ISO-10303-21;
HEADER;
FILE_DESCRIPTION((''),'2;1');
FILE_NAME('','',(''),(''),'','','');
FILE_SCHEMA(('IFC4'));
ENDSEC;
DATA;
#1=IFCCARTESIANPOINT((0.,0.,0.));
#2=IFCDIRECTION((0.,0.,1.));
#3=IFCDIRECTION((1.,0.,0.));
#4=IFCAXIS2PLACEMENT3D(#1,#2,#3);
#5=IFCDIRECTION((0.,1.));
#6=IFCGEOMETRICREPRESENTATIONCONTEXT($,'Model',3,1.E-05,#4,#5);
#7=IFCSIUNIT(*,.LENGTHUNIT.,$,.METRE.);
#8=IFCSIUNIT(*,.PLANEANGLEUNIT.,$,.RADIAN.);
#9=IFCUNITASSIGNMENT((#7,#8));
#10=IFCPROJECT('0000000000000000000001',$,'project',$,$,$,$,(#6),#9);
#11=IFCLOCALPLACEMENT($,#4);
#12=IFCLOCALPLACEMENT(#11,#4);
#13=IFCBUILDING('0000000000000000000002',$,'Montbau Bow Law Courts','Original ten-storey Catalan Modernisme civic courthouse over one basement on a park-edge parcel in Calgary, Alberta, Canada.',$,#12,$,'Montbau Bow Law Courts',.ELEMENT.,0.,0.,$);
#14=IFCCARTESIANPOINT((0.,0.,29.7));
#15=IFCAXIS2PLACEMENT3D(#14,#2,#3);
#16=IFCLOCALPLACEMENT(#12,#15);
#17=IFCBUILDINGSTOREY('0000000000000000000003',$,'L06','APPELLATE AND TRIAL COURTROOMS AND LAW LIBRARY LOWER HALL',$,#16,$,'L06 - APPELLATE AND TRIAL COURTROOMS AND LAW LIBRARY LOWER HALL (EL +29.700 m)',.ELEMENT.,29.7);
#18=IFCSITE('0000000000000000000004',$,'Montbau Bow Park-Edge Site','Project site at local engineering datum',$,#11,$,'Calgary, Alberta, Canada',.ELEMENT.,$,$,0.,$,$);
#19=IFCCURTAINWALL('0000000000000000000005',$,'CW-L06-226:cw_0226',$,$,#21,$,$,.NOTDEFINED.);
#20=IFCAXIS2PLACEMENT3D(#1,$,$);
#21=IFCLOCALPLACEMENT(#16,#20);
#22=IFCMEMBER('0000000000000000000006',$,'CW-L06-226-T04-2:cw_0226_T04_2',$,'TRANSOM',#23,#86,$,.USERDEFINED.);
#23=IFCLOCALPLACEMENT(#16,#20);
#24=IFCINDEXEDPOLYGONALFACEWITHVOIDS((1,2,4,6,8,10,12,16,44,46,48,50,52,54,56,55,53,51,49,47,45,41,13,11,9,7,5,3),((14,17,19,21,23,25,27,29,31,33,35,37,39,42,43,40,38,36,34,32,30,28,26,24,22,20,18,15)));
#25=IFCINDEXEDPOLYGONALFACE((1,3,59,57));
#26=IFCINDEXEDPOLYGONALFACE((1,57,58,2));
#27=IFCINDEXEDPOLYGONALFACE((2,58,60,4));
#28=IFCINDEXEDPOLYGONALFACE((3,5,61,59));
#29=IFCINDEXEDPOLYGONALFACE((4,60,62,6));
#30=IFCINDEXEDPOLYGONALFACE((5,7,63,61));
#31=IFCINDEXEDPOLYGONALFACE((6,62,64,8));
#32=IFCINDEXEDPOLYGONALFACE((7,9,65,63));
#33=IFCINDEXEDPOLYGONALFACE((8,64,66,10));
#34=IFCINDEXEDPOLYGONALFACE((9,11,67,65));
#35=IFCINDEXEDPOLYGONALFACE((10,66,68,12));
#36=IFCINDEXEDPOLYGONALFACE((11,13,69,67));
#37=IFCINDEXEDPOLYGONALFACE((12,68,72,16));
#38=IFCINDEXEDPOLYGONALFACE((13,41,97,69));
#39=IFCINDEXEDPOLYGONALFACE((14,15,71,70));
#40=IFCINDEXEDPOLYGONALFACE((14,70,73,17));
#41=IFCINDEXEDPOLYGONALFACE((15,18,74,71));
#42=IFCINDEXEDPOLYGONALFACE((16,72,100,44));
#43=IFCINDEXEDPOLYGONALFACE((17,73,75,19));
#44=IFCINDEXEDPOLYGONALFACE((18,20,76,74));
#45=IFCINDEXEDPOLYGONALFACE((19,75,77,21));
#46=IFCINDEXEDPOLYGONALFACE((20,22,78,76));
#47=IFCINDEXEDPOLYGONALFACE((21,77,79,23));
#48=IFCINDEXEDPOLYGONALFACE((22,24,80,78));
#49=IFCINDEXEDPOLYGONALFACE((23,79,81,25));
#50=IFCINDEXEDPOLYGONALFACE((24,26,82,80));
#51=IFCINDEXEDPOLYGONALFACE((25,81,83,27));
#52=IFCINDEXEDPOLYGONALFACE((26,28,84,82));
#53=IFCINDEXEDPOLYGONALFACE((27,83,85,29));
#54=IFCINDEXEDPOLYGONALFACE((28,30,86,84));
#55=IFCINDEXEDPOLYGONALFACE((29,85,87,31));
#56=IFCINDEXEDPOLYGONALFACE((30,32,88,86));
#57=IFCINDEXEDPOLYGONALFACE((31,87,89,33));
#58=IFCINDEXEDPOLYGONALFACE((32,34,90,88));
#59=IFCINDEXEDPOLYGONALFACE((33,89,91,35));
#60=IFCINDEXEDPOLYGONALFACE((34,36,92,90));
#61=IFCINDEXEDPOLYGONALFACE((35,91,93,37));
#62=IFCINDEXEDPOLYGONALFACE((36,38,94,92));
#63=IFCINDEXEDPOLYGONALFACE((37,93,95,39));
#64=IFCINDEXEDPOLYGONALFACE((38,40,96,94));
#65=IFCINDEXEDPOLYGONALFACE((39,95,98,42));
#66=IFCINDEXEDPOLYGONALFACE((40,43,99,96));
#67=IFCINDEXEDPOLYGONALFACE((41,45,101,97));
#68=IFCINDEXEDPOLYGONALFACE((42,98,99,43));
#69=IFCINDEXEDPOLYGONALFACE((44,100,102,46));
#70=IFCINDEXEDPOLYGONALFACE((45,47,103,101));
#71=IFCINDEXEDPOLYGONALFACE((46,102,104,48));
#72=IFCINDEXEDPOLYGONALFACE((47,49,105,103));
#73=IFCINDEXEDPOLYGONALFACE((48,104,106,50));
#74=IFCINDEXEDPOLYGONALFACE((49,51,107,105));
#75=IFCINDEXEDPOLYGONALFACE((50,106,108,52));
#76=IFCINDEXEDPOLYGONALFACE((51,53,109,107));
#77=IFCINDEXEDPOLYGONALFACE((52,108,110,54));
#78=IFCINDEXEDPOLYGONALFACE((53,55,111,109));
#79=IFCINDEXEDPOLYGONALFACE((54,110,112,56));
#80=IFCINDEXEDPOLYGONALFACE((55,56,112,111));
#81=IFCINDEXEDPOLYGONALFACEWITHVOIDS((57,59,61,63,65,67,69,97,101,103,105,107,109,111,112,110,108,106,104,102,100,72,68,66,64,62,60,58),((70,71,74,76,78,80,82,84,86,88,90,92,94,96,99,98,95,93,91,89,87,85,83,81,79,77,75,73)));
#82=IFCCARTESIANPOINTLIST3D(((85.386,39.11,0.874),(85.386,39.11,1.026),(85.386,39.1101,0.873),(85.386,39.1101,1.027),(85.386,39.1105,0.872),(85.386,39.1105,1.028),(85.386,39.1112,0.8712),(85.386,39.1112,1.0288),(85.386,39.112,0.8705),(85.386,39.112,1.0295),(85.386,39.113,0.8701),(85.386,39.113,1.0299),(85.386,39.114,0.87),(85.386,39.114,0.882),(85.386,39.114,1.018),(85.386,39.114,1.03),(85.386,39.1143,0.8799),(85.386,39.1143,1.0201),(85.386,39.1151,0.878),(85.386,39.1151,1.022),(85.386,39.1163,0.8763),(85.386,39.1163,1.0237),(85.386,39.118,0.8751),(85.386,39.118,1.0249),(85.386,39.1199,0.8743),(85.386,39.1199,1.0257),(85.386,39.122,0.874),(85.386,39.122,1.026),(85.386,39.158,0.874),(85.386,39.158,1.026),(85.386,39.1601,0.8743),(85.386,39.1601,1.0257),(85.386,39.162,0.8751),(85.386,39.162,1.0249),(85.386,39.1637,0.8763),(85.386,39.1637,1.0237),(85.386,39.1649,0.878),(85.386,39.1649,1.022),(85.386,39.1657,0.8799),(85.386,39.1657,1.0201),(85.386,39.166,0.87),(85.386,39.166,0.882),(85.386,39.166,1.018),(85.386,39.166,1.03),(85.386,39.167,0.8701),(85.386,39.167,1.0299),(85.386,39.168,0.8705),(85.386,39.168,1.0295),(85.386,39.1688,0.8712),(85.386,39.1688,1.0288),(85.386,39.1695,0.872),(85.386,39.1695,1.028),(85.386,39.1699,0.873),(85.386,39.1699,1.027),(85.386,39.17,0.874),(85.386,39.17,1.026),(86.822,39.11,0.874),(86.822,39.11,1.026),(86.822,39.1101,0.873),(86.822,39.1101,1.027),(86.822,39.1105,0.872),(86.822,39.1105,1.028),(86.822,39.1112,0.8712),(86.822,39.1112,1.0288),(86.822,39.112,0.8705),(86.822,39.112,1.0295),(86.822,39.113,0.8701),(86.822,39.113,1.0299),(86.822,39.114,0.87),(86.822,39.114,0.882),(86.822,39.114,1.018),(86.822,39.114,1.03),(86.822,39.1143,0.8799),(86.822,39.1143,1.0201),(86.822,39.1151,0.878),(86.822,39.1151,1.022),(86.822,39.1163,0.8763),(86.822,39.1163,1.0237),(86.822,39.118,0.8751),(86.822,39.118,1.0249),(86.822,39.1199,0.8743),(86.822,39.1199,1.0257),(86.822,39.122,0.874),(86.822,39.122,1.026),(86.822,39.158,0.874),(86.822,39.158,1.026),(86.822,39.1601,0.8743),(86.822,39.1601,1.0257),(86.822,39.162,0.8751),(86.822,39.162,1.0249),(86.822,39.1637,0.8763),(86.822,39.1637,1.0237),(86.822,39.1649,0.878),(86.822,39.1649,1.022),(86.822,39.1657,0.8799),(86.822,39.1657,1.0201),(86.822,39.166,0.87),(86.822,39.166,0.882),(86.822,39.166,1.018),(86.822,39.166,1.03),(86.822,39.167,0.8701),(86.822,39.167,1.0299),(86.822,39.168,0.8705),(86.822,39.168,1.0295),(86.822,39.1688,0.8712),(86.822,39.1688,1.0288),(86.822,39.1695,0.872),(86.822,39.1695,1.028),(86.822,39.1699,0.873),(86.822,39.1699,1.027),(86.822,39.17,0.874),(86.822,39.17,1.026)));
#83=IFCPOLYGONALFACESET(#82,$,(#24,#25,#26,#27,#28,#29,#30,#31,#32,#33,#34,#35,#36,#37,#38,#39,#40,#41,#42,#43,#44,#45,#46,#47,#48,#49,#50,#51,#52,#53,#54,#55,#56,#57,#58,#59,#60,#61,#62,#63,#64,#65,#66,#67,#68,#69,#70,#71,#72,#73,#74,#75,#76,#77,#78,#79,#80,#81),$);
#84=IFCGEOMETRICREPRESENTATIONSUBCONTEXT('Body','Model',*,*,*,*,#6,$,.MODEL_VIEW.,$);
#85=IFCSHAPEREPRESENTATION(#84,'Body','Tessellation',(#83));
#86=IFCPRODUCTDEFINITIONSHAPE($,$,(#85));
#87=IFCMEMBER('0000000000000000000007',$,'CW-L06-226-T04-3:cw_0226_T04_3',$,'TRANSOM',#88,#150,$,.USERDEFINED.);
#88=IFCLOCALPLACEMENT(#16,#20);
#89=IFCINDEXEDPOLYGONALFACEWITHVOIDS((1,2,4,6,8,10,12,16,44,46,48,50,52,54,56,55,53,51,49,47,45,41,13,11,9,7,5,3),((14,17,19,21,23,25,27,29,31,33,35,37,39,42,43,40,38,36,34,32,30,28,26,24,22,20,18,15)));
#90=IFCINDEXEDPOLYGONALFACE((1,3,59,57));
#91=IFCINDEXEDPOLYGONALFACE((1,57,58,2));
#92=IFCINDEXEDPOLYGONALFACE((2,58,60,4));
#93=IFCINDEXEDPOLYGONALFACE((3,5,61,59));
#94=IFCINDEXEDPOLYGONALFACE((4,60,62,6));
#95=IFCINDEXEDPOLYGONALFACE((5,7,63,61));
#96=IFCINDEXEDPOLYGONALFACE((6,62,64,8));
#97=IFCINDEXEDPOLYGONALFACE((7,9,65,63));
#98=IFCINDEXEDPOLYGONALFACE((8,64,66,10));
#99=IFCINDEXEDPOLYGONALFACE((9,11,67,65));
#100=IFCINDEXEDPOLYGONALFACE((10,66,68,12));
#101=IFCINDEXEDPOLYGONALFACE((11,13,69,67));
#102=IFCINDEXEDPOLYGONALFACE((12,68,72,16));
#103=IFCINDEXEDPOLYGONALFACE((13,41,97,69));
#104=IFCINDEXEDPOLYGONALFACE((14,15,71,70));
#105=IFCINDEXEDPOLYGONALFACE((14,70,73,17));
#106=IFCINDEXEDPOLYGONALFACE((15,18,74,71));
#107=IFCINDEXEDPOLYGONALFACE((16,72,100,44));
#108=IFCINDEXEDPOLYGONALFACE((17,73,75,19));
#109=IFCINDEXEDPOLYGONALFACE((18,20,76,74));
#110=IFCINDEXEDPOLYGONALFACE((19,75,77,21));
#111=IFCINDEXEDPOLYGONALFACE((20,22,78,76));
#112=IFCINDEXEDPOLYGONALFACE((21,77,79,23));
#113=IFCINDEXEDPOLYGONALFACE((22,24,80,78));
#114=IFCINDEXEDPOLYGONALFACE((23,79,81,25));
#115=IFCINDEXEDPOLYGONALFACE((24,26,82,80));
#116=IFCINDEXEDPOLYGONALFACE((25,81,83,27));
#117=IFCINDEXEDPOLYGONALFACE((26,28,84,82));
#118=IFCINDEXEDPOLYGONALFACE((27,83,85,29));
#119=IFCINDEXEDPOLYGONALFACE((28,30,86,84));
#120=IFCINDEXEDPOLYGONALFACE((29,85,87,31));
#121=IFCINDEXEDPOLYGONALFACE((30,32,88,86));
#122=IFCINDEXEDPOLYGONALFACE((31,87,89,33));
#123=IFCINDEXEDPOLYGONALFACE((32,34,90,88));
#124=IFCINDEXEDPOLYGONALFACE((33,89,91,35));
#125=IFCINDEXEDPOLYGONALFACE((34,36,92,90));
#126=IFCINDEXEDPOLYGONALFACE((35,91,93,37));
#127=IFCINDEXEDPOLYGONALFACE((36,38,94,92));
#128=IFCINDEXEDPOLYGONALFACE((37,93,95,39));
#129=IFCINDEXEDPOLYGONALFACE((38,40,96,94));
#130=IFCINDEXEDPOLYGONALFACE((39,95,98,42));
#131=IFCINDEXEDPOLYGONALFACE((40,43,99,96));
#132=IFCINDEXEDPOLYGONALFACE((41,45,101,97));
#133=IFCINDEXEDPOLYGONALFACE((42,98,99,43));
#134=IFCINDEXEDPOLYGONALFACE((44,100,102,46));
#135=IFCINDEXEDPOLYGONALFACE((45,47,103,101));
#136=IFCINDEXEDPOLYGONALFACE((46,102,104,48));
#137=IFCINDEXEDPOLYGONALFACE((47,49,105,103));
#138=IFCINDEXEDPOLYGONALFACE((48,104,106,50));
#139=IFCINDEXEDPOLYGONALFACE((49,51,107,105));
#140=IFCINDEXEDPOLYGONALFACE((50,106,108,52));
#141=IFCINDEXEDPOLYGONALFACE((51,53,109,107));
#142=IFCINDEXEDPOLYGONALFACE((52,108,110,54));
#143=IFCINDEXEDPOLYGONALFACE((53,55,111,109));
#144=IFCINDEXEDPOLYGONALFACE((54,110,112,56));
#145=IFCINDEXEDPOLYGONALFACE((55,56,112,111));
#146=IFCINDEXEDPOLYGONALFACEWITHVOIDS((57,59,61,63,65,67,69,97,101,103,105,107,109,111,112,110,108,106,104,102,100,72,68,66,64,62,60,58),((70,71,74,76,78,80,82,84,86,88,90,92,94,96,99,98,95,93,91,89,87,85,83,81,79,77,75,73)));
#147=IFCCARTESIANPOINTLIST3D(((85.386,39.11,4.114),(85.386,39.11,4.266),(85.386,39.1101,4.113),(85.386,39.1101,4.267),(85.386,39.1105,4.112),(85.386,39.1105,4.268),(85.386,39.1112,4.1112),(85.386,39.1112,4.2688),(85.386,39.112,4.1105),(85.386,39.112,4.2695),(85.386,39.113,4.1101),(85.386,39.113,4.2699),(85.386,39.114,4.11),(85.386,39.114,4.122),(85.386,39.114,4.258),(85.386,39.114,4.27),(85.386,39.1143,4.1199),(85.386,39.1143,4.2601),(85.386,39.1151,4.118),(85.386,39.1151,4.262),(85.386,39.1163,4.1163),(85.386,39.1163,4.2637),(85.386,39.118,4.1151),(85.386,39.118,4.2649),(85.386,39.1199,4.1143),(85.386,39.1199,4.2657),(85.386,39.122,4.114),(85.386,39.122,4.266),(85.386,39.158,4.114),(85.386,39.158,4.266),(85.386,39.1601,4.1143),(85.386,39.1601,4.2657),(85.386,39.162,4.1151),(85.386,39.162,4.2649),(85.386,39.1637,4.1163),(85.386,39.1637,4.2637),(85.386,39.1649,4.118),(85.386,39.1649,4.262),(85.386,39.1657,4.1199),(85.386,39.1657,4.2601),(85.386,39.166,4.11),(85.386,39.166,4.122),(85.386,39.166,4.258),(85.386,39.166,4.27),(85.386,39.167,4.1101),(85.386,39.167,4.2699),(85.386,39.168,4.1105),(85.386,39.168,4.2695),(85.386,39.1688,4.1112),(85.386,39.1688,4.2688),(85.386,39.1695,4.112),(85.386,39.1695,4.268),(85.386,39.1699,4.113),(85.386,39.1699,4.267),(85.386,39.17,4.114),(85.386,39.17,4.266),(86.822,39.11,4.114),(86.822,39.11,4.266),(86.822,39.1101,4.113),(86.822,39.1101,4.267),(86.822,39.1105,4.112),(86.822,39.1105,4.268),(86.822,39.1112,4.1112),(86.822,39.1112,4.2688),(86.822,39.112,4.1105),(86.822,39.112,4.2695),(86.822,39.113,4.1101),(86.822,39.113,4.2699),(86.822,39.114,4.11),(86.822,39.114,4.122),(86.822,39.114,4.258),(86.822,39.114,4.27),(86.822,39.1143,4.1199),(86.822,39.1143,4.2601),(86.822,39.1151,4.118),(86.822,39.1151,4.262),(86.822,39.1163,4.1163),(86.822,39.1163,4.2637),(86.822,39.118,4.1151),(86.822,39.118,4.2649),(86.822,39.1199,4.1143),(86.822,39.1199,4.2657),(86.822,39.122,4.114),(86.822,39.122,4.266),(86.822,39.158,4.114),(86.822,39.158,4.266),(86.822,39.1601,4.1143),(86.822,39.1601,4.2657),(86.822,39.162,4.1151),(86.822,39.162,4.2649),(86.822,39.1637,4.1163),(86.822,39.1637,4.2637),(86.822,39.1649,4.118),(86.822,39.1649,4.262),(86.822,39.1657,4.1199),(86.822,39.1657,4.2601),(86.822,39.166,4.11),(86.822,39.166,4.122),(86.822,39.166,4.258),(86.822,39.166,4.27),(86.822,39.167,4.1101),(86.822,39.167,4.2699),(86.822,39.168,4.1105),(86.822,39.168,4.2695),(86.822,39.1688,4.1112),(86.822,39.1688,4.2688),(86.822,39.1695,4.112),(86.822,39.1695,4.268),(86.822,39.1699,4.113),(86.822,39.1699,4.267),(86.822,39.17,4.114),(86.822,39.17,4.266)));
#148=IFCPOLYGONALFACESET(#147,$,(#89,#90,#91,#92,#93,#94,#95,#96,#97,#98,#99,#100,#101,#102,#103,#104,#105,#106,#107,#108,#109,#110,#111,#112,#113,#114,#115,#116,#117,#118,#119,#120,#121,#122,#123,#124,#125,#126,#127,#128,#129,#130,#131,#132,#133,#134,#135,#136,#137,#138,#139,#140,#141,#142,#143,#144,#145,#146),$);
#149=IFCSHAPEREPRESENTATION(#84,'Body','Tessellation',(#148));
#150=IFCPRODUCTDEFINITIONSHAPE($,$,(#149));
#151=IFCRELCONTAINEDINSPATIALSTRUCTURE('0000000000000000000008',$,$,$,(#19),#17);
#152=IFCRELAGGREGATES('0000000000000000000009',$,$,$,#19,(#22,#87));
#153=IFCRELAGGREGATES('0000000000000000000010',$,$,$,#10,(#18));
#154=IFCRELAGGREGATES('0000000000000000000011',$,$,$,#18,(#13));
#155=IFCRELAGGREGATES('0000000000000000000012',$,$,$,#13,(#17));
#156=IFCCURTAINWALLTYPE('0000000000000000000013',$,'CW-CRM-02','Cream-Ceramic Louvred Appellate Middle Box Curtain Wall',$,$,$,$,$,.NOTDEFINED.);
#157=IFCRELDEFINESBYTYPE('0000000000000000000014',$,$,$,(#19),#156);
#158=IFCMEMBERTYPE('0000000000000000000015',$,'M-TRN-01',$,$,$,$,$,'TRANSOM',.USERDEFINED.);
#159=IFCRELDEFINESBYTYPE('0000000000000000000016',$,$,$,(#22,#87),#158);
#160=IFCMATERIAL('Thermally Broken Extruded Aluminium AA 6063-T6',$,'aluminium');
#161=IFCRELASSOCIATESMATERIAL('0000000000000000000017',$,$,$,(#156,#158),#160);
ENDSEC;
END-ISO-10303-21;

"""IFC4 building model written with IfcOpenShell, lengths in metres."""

from ifc_helpers import new_model, si_unit, direction, frame, origin_with_axes, origin_2d_with_axis, place, context, subcontext, project, spatial, hollow_rectangle, extrude, material, material_profile, profile_set, type_object, element, aggregate, save


model = new_model("IFC4")

# Units and contexts
model_context = context("Model", 3, precision=1e-05, world=origin_with_axes(), true_north=direction((0.0, 1.0)))
body_context = subcontext(model_context, "Body", "Model", "MODEL_VIEW")
ifc_project = project(units=[si_unit("LENGTHUNIT", "METRE"), si_unit("PLANEANGLEUNIT", "RADIAN")], contexts=[model_context])

# Site, building, storey
site_placement = place(None, origin_with_axes())
site = spatial("IfcSite", under=ifc_project, at=site_placement, Name="Montbau Bow Park-Edge Site", Description="Project site at local engineering datum", LongName="Calgary, Alberta, Canada", CompositionType="ELEMENT", RefElevation=0.0)
building_placement = place(site_placement, origin_with_axes())
building = spatial("IfcBuilding", under=site, at=building_placement, Name="Montbau Bow Law Courts", Description="Original ten-storey Catalan Modernisme civic courthouse over one basement on a park-edge parcel in Calgary, Alberta, Canada.", LongName="Montbau Bow Law Courts", CompositionType="ELEMENT", ElevationOfRefHeight=0.0, ElevationOfTerrain=0.0)
storey_placement = place(building_placement, frame((0.0, 0.0, 29.7), z_axis=(0.0, 0.0, 1.0), x_axis=(1.0, 0.0, 0.0)))
storey = spatial("IfcBuildingStorey", under=building, at=storey_placement, Name="L06", Description="APPELLATE AND TRIAL COURTROOMS AND LAW LIBRARY LOWER HALL", LongName="L06 - APPELLATE AND TRIAL COURTROOMS AND LAW LIBRARY LOWER HALL (EL +29.700 m)", CompositionType="ELEMENT", Elevation=29.7)

# Curtain wall, members
ifc_material_1 = material(Name="Thermally Broken Extruded Aluminium AA 6063-T6", Category="aluminium")
curtain_wall_type = type_object("IfcCurtainWallType", Name="CW-CRM-02", Description="Cream-Ceramic Louvred Appellate Middle Box Curtain Wall", PredefinedType="NOTDEFINED", material=ifc_material_1)
curtain_wall_placement = place(None, frame((80.84, 39.14, 29.7), z_axis=(0.0, 0.0, 1.0), x_axis=(1.0, 0.0, 0.0)))
curtain_wall = element("IfcCurtainWall", 1, at=curtain_wall_placement, inside=storey, type_object=curtain_wall_type, Name="CW-L06-226:cw_0226", PredefinedType="NOTDEFINED")
ifc_material_profile_1 = material_profile(ifc_material_1, hollow_rectangle(XDim=0.06, YDim=0.16, WallThickness=0.004, InnerFilletRadius=0.008, OuterFilletRadius=0.004, at=origin_2d_with_axis()), Name="CWT-160X60", Category="Main", Priority=0)
ifc_profile_set_1 = profile_set([ifc_material_profile_1], Name="Thermally Broken Extruded Aluminium AA 6063-T6")
member_type_1 = type_object("IfcMemberType", Name="M-TRN-01", ElementType="TRANSOM", PredefinedType="USERDEFINED", material=ifc_profile_set_1)
member_1_placement = place(None, frame((85.386, 39.14, 30.65), z_axis=(1.0, 0.0, 0.0), x_axis=(0.0, 1.0, 0.0)))
member_1 = element("IfcMember", 2, at=member_1_placement, type_object=member_type_1, Name="CW-L06-226-T04-2:cw_0226_T04_2", ObjectType="TRANSOM", PredefinedType="USERDEFINED", context=body_context, shape_type="SweptSolid", body=[
    extrude(hollow_rectangle(XDim=0.06, YDim=0.16, WallThickness=0.004, InnerFilletRadius=0.008, OuterFilletRadius=0.004, at=origin_2d_with_axis()), origin_with_axes(), (0.0, 0.0, 1.0), 1.436),
])
member_2_placement = place(None, frame((85.386, 39.14, 33.89), z_axis=(1.0, 0.0, 0.0), x_axis=(0.0, 1.0, 0.0)))
member_2 = element("IfcMember", 3, at=member_2_placement, type_object=member_type_1, Name="CW-L06-226-T04-3:cw_0226_T04_3", ObjectType="TRANSOM", PredefinedType="USERDEFINED", context=body_context, shape_type="SweptSolid", body=[
    extrude(hollow_rectangle(XDim=0.06, YDim=0.16, WallThickness=0.004, InnerFilletRadius=0.008, OuterFilletRadius=0.004, at=origin_2d_with_axis()), origin_with_axes(), (0.0, 0.0, 1.0), 1.436),
])
aggregate(curtain_wall, [member_1, member_2])

save(model, "model.ifc")
